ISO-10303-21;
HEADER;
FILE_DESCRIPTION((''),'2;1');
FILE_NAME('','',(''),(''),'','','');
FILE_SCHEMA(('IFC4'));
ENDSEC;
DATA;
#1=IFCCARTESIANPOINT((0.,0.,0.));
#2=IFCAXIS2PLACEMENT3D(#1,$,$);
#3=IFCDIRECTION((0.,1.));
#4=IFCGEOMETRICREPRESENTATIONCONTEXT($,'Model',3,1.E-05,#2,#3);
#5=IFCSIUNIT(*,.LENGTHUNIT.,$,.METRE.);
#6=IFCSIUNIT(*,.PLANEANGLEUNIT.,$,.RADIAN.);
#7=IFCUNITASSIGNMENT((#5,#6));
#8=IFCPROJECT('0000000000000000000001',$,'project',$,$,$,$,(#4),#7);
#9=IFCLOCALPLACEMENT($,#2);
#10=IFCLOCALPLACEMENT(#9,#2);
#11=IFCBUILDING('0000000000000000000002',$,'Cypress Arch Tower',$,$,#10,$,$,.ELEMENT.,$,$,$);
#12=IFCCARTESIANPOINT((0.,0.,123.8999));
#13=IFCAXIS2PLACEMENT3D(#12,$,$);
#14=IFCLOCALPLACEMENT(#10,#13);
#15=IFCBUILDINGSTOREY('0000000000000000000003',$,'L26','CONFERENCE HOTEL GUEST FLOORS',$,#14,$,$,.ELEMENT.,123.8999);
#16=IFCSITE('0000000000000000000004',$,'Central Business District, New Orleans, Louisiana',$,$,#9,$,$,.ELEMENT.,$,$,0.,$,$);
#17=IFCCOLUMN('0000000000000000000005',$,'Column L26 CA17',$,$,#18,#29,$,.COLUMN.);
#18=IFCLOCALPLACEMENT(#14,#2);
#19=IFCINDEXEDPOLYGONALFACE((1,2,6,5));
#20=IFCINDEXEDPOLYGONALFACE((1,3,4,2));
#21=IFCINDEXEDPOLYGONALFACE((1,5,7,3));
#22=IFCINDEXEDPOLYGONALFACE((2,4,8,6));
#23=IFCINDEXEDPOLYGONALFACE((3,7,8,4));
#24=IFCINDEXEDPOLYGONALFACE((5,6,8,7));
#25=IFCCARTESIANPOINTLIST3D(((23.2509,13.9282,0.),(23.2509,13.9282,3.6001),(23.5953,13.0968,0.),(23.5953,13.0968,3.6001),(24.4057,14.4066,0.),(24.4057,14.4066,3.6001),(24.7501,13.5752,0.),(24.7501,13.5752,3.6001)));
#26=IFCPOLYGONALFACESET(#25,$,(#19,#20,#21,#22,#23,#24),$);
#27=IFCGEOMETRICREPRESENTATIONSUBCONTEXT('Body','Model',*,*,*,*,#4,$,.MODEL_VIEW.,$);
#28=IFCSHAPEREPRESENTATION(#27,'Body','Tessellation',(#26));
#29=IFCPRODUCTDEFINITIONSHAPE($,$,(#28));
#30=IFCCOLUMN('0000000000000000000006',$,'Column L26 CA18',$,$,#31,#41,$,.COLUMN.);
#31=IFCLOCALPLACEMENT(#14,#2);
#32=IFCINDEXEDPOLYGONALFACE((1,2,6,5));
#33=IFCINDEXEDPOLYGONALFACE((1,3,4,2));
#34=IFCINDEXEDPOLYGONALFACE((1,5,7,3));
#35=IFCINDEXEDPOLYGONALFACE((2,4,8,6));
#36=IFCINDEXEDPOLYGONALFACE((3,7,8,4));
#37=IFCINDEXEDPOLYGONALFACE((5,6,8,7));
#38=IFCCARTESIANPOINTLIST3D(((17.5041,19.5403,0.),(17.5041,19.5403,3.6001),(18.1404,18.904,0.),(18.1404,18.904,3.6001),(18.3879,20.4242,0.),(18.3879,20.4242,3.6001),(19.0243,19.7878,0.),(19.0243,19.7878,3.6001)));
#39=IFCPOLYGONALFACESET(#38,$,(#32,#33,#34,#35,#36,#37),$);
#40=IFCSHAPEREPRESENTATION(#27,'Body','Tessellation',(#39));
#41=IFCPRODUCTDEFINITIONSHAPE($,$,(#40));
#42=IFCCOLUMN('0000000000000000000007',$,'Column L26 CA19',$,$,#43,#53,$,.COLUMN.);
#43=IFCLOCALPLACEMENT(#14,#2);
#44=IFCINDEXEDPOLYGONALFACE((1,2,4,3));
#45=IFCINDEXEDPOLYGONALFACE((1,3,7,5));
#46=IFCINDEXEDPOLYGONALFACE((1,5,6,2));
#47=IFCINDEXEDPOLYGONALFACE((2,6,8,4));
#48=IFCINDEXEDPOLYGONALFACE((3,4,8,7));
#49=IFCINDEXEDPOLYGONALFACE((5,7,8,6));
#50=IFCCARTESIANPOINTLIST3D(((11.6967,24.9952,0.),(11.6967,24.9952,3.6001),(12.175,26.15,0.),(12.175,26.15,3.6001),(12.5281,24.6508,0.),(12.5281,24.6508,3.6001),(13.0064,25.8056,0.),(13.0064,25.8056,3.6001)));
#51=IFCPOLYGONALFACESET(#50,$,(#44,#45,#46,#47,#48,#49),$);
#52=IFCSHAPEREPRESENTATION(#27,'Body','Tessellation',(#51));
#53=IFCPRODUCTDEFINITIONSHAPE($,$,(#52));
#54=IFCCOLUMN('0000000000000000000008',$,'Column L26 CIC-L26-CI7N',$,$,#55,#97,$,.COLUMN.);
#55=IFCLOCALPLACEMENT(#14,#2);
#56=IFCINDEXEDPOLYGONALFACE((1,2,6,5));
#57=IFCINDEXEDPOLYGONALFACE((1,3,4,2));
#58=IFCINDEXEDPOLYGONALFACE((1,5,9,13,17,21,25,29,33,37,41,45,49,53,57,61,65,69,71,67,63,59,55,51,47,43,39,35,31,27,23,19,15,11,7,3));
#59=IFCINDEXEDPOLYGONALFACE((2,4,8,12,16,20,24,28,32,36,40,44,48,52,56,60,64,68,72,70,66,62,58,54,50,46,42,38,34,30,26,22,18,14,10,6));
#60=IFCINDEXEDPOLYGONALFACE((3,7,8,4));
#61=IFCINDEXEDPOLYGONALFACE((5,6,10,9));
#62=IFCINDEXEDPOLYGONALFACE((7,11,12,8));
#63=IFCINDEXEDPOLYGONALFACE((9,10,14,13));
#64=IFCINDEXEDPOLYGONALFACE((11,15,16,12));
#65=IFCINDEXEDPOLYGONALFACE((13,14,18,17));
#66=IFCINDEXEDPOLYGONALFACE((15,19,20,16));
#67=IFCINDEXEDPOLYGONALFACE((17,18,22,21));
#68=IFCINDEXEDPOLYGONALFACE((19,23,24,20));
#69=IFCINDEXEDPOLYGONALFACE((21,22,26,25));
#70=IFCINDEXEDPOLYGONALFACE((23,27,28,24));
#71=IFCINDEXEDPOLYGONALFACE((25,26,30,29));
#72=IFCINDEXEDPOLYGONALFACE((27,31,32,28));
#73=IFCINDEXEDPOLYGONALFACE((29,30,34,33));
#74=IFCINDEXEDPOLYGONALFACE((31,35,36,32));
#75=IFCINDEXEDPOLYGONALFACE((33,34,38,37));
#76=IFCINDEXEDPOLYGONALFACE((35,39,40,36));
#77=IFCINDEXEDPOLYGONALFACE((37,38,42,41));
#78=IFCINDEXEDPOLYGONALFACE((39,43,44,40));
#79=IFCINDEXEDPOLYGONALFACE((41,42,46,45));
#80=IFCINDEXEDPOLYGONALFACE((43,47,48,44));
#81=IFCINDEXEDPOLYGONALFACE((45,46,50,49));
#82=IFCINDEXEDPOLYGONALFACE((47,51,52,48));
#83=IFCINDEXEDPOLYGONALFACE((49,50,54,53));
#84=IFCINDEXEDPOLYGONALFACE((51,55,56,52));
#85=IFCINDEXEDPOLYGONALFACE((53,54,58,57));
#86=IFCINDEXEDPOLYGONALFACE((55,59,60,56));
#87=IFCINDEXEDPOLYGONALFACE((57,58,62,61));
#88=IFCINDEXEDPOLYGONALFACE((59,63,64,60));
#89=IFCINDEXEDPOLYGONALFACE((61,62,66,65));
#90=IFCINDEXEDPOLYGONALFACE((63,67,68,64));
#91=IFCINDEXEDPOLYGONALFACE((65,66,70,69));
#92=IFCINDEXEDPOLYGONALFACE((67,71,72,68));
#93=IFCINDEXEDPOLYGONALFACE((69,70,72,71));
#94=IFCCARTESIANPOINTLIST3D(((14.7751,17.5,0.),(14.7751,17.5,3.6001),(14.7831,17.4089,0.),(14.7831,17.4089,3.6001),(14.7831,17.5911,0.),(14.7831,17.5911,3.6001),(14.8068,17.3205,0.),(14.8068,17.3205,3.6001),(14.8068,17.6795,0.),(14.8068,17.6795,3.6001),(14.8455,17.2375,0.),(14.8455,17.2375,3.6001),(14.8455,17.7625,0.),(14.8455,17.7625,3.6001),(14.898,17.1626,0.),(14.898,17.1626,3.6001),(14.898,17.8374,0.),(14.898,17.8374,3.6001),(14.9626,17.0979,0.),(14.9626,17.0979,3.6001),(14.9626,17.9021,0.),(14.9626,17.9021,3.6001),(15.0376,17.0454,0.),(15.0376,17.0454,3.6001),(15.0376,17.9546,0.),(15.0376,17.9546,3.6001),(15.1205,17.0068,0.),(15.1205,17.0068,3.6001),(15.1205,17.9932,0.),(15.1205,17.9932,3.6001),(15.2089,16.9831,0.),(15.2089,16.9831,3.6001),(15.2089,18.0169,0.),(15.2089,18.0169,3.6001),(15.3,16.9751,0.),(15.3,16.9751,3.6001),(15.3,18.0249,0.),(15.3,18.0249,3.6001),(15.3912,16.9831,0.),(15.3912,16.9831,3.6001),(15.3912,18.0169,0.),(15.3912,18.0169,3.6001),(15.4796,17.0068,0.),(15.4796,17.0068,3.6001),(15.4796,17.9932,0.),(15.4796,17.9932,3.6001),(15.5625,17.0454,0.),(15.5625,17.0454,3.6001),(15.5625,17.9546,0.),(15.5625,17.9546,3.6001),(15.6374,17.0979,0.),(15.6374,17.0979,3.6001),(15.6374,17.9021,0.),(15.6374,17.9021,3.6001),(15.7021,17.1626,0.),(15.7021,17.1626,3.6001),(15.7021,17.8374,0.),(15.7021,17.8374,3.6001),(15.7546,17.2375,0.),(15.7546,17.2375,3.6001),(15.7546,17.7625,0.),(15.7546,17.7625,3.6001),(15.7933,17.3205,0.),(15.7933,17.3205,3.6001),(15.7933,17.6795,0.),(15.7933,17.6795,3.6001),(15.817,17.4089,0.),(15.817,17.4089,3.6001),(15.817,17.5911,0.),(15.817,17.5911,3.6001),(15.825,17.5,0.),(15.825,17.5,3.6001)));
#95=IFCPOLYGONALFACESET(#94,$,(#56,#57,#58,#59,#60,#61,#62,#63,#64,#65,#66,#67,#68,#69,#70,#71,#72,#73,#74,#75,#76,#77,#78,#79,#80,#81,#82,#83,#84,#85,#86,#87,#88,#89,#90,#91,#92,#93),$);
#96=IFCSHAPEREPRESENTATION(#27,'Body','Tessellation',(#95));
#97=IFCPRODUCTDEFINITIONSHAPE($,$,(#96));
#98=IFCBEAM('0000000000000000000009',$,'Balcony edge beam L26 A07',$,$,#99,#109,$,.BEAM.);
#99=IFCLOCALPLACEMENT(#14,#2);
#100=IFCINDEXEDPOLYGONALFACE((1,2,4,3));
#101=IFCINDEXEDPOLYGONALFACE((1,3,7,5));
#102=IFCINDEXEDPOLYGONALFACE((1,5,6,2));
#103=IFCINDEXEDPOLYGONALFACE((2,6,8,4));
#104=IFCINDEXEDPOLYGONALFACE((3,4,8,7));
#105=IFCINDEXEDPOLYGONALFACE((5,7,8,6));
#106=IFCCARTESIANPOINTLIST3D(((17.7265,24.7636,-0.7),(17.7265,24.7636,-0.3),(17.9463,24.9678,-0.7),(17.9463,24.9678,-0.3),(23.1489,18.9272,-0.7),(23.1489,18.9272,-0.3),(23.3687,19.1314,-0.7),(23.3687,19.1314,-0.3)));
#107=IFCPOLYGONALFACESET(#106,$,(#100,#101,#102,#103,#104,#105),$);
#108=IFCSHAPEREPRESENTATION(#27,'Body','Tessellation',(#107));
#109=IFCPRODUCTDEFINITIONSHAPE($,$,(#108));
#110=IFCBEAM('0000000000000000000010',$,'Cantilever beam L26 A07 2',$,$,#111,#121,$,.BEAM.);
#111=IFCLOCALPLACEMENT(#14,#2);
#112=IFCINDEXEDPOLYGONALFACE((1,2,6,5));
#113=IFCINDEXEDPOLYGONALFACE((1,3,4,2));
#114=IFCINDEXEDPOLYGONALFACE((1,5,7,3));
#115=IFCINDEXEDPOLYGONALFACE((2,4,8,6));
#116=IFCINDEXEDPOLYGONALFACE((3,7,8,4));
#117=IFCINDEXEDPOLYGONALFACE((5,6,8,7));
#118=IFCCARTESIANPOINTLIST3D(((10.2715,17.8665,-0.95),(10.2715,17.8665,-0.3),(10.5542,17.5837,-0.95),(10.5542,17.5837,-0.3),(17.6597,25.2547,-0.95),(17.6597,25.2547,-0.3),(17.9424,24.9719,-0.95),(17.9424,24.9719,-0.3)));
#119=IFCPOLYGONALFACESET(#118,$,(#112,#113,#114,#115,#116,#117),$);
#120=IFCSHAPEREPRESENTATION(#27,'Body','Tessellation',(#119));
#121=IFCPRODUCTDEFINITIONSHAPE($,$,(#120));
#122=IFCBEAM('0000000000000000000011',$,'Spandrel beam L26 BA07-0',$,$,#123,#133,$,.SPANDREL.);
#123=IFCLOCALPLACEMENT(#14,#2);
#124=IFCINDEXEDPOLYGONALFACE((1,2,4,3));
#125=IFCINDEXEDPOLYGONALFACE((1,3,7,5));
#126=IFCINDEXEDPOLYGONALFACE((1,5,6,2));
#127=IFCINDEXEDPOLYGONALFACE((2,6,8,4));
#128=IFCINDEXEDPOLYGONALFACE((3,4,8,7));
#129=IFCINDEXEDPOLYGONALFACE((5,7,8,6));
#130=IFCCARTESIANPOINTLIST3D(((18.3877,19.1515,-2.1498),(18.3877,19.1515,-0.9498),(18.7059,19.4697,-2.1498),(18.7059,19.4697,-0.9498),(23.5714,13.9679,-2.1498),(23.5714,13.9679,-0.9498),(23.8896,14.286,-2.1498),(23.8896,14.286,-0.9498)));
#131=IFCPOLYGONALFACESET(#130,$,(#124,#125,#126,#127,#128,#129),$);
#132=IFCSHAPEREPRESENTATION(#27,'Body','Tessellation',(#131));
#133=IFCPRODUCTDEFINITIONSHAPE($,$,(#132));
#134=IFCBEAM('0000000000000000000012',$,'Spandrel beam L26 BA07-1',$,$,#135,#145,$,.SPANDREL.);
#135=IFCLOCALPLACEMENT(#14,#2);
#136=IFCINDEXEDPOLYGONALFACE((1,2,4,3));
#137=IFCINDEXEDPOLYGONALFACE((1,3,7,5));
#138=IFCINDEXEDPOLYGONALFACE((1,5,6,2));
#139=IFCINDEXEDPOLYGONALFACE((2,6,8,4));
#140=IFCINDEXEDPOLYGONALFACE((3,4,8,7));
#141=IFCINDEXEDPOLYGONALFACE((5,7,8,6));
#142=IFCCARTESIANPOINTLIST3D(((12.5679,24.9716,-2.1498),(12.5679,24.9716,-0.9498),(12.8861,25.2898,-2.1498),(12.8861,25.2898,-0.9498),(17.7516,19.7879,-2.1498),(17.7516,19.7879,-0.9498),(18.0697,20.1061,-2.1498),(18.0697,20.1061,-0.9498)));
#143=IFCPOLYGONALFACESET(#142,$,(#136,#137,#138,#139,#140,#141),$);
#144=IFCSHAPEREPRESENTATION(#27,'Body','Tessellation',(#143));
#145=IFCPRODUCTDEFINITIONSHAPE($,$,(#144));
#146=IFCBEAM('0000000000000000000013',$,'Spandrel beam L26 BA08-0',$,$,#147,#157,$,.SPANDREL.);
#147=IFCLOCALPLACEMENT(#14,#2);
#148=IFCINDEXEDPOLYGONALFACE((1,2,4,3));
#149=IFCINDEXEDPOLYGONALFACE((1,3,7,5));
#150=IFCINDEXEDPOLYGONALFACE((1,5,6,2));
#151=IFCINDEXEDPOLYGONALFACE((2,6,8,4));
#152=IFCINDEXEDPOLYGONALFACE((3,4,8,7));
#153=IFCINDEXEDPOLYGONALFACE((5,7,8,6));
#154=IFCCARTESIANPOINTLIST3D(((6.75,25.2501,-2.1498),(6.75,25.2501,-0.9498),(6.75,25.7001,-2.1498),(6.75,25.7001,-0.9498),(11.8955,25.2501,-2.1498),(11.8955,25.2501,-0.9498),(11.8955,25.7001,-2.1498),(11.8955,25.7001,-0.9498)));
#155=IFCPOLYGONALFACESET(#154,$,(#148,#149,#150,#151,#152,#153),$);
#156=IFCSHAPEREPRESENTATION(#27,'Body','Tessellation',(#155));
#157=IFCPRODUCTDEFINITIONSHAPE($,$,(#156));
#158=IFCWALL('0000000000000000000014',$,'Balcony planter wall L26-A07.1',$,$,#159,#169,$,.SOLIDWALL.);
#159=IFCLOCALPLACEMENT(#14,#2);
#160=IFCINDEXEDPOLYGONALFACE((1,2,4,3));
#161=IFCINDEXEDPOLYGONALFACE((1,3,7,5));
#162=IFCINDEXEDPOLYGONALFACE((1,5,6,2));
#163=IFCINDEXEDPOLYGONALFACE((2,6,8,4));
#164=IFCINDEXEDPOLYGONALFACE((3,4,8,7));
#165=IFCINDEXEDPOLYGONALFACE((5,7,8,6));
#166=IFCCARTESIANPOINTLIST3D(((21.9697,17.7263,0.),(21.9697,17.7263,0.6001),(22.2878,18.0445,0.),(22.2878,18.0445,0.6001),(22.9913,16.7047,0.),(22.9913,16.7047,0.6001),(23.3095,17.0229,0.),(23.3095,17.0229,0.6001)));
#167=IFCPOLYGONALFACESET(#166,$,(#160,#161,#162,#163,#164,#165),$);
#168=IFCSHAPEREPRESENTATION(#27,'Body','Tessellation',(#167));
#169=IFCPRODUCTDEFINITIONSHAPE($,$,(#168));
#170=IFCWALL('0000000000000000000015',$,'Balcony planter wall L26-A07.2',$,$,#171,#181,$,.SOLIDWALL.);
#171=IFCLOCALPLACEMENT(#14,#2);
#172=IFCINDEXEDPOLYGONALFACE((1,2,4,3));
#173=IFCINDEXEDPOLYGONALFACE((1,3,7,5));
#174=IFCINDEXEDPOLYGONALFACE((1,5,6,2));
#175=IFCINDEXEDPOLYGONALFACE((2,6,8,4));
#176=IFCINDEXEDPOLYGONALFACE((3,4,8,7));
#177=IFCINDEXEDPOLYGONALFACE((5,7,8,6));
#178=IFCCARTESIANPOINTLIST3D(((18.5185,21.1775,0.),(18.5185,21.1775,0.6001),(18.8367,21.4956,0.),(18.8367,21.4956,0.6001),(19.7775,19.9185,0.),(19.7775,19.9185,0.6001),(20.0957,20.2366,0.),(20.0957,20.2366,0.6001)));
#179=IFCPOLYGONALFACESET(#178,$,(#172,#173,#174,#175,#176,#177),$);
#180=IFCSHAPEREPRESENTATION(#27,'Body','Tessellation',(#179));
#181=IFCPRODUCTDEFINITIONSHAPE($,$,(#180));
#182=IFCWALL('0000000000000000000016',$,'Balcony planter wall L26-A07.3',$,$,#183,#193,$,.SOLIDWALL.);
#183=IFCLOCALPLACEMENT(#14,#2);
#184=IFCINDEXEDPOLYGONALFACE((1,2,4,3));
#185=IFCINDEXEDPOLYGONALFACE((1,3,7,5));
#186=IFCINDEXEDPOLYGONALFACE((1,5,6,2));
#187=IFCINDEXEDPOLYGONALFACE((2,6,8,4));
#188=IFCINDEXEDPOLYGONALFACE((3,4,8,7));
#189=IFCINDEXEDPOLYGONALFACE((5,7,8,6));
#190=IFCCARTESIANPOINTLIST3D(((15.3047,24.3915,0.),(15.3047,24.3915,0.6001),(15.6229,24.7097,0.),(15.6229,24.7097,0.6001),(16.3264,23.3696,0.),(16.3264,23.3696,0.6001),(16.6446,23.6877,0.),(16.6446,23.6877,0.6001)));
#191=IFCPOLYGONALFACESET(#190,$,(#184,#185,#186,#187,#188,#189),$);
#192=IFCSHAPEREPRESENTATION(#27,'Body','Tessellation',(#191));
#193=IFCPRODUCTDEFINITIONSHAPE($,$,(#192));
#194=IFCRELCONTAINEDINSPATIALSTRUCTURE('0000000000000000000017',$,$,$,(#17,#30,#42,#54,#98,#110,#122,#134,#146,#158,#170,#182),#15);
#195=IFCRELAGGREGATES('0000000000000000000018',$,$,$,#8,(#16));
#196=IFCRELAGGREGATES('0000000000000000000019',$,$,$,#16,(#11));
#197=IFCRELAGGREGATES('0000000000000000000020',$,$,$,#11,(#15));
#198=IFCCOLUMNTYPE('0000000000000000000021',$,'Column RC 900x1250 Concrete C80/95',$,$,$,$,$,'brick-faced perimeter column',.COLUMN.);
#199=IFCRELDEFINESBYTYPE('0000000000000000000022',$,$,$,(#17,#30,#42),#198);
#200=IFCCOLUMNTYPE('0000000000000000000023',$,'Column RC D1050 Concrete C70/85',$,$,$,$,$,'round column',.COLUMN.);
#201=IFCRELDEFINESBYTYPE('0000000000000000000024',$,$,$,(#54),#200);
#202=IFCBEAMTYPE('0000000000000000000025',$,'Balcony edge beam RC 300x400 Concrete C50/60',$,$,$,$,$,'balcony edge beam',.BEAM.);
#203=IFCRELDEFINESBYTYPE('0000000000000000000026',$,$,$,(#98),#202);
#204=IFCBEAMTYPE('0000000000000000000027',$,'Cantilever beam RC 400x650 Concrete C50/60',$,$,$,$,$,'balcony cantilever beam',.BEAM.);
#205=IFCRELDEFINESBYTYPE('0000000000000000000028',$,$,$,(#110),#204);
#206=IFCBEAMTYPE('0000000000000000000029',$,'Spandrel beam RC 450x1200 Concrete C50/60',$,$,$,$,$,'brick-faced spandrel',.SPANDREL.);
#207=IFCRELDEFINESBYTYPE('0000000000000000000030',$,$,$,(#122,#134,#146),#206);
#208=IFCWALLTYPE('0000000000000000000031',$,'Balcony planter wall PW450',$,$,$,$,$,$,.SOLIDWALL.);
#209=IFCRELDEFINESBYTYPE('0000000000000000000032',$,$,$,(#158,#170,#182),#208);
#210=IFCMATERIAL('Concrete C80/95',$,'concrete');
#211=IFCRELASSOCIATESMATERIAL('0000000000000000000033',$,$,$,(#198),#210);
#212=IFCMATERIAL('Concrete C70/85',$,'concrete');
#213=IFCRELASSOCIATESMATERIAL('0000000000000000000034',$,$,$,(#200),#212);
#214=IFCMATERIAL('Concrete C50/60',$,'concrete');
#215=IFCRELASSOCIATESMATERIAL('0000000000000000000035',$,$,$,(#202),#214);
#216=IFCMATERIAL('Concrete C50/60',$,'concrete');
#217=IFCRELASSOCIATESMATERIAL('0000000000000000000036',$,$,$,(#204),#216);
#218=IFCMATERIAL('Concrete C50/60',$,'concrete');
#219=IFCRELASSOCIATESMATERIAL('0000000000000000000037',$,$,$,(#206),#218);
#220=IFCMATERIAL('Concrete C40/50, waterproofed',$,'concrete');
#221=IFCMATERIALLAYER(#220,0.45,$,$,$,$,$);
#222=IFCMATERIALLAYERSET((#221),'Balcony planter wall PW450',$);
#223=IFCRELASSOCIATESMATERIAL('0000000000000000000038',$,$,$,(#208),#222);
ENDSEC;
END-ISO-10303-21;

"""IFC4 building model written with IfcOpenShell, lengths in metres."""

from ifc_helpers import new_model, si_unit, direction, frame, frame_2d, origin, origin_2d, place, context, subcontext, project, spatial, rectangle, circle, extrude, material, layer, layer_set, material_profile, profile_set, type_object, element, save


model = new_model("IFC4")

# Units and contexts
model_context = context("Model", 3, precision=1e-05, world=origin(), true_north=direction((0.0, 1.0)))
body_context = subcontext(model_context, "Body", "Model", "MODEL_VIEW")
ifc_project = project(units=[si_unit("LENGTHUNIT", "METRE"), si_unit("PLANEANGLEUNIT", "RADIAN")], contexts=[model_context])

# Site, building, storey
site_placement = place(None, origin())
site = spatial("IfcSite", under=ifc_project, at=site_placement, Name="Central Business District, New Orleans, Louisiana", CompositionType="ELEMENT", RefElevation=0.0)
building_placement = place(site_placement, origin())
building = spatial("IfcBuilding", under=site, at=building_placement, Name="Cypress Arch Tower", CompositionType="ELEMENT")
storey_placement = place(building_placement, frame((0.0, 0.0, 123.8999)))
storey = spatial("IfcBuildingStorey", under=building, at=storey_placement, Name="L26", Description="CONFERENCE HOTEL GUEST FLOORS", CompositionType="ELEMENT", Elevation=123.8999)

# Columns
ifc_material_1 = material(Name="Concrete C80/95", Category="concrete")
ifc_material_profile_1 = material_profile(ifc_material_1, rectangle(XDim=0.8999, YDim=1.25, at=origin_2d()), Name="RC 900x1250")
ifc_profile_set_1 = profile_set([ifc_material_profile_1], Name="Concrete C80/95")
column_type_1 = type_object("IfcColumnType", Name="Column RC 900x1250 Concrete C80/95", ElementType="brick-faced perimeter column", PredefinedType="COLUMN", material=ifc_profile_set_1)
for number, where, z_axis, x_axis, name in (
    (1, (24.0005, 13.7517, 0.0), (0.0, 0.0, 1.0), (-0.382683, 0.92388, 0.0), "Column L26 CA17"),
    (2, (18.2642, 19.6641, 0.0), (0.0, 0.0, 1.0), (-0.707107, 0.707107, 0.0), "Column L26 CA18"),
    (3, (12.3516, 25.4004, 0.0), (0.0, 0.0, 1.0), (-0.92388, 0.382683, 0.0), "Column L26 CA19"),
):
    element("IfcColumn", number, at=place(storey_placement, frame(where, z_axis=z_axis, x_axis=x_axis)), inside=storey, type_object=column_type_1, Name=name, PredefinedType="COLUMN", context=body_context, shape_type="SweptSolid", body=[
        extrude(rectangle(XDim=0.8999, YDim=1.25, at=origin_2d()), origin(), (0.0, 0.0, 1.0), 3.6001),
    ])
ifc_material_2 = material(Name="Concrete C70/85", Category="concrete")
ifc_material_profile_2 = material_profile(ifc_material_2, circle(Radius=0.5249, at=origin_2d()), Name="RC D1050")
ifc_profile_set_2 = profile_set([ifc_material_profile_2], Name="Concrete C70/85")
column_type_2 = type_object("IfcColumnType", Name="Column RC D1050 Concrete C70/85", ElementType="round column", PredefinedType="COLUMN", material=ifc_profile_set_2)
column_placement = place(storey_placement, frame((15.3, 17.5, 0.0), z_axis=(0.0, 0.0, 1.0), x_axis=(1.0, 0.0, 0.0)))
element("IfcColumn", 4, at=column_placement, inside=storey, type_object=column_type_2, Name="Column L26 CIC-L26-CI7N", PredefinedType="COLUMN", context=body_context, shape_type="SweptSolid", body=[
    extrude(circle(Radius=0.5249, at=origin_2d()), origin(), (0.0, 0.0, 1.0), 3.6001),
])

# Beams
ifc_material_3 = material(Name="Concrete C50/60", Category="concrete")
ifc_material_profile_3 = material_profile(ifc_material_3, rectangle(XDim=0.3, YDim=0.3999, at=origin_2d()), Name="RC 300x400")
ifc_profile_set_3 = profile_set([ifc_material_profile_3], Name="Concrete C50/60")
beam_type_1 = type_object("IfcBeamType", Name="Balcony edge beam RC 300x400 Concrete C50/60", ElementType="balcony edge beam", PredefinedType="BEAM", material=ifc_profile_set_3)
beam_1_placement = place(storey_placement, frame((23.2588, 19.0293, -0.5), z_axis=(-0.680641, 0.732617, 0.0), x_axis=(-0.732617, -0.680641, 0.0)))
element("IfcBeam", 5, at=beam_1_placement, inside=storey, type_object=beam_type_1, Name="Balcony edge beam L26 A07", PredefinedType="BEAM", context=body_context, shape_type="SweptSolid", body=[
    extrude(rectangle(XDim=0.3, YDim=0.3999, at=origin_2d()), origin(), (0.0, 0.0, 1.0), 7.9666),
])
ifc_material_4 = material(Name="Concrete C50/60", Category="concrete")
ifc_material_profile_4 = material_profile(ifc_material_4, rectangle(XDim=0.3999, YDim=0.6499, at=origin_2d()), Name="RC 400x650")
ifc_profile_set_4 = profile_set([ifc_material_profile_4], Name="Concrete C50/60")
beam_type_2 = type_object("IfcBeamType", Name="Cantilever beam RC 400x650 Concrete C50/60", ElementType="balcony cantilever beam", PredefinedType="BEAM", material=ifc_profile_set_4)
beam_2_placement = place(storey_placement, frame((10.4128, 17.7251, -0.625), z_axis=(0.707107, 0.707107, 0.0), x_axis=(-0.707107, 0.707107, 0.0)))
element("IfcBeam", 6, at=beam_2_placement, inside=storey, type_object=beam_type_2, Name="Cantilever beam L26 A07 2", PredefinedType="BEAM", context=body_context, shape_type="SweptSolid", body=[
    extrude(rectangle(XDim=0.3999, YDim=0.6499, at=origin_2d()), origin(), (0.0, 0.0, 1.0), 10.4485),
])
ifc_material_5 = material(Name="Concrete C50/60", Category="concrete")
ifc_material_profile_5 = material_profile(ifc_material_5, rectangle(XDim=0.45, YDim=1.2, at=origin_2d()), Name="RC 450x1200")
ifc_profile_set_5 = profile_set([ifc_material_profile_5], Name="Concrete C50/60")
beam_type_3 = type_object("IfcBeamType", Name="Spandrel beam RC 450x1200 Concrete C50/60", ElementType="brick-faced spandrel", PredefinedType="SPANDREL", material=ifc_profile_set_5)
for number, where, z_axis, x_axis, name in (
    (7, (23.7305, 14.127, -1.5498), (-0.707107, 0.707107, 0.0), (-0.707107, -0.707107, 0.0), "Spandrel beam L26 BA07-0"),
    (8, (17.9106, 19.947, -1.5498), (-0.707107, 0.707107, 0.0), (-0.707107, -0.707107, 0.0), "Spandrel beam L26 BA07-1"),
):
    element("IfcBeam", number, at=place(storey_placement, frame(where, z_axis=z_axis, x_axis=x_axis)), inside=storey, type_object=beam_type_3, Name=name, PredefinedType="SPANDREL", context=body_context, shape_type="SweptSolid", body=[
        extrude(rectangle(XDim=0.45, YDim=1.2, at=origin_2d()), origin(), (0.0, 0.0, 1.0), 7.3308),
    ])
beam_3_placement = place(storey_placement, frame((11.8955, 25.4751, -1.5498), z_axis=(-1.0, 0.0, 0.0), x_axis=(0.0, -1.0, 0.0)))
element("IfcBeam", 9, at=beam_3_placement, inside=storey, type_object=beam_type_3, Name="Spandrel beam L26 BA08-0", PredefinedType="SPANDREL", context=body_context, shape_type="SweptSolid", body=[
    extrude(rectangle(XDim=0.45, YDim=1.2, at=origin_2d()), origin(), (0.0, 0.0, 1.0), 5.1455),
])

# Walls
ifc_material_6 = material(Name="Concrete C40/50, waterproofed", Category="concrete")
ifc_layer_1 = layer(ifc_material_6, 0.45)
ifc_layer_set_1 = layer_set([ifc_layer_1], Name="Balcony planter wall PW450")
wall_type_1 = type_object("IfcWallType", Name="Balcony planter wall PW450", PredefinedType="SOLIDWALL", material=ifc_layer_set_1)
wall_1_placement = place(storey_placement, frame((23.1504, 16.8638, 0.0), z_axis=(0.0, 0.0, 1.0), x_axis=(-0.707107, 0.707107, 0.0)))
element("IfcWall", 10, at=wall_1_placement, inside=storey, type_object=wall_type_1, Name="Balcony planter wall L26-A07.1", PredefinedType="SOLIDWALL", context=body_context, shape_type="SweptSolid", body=[
    extrude(rectangle(XDim=1.4448, YDim=0.45, at=frame_2d((0.7224, 0.0))), origin(), (0.0, 0.0, 1.0), 0.6001),
])
wall_2_placement = place(storey_placement, frame((19.9365, 20.0776, 0.0), z_axis=(0.0, 0.0, 1.0), x_axis=(-0.707107, 0.707107, 0.0)))
element("IfcWall", 11, at=wall_2_placement, inside=storey, type_object=wall_type_1, Name="Balcony planter wall L26-A07.2", PredefinedType="SOLIDWALL", context=body_context, shape_type="SweptSolid", body=[
    extrude(rectangle(XDim=1.7805, YDim=0.45, at=frame_2d((0.8901, 0.0))), origin(), (0.0, 0.0, 1.0), 0.6001),
])
wall_3_placement = place(storey_placement, frame((16.4856, 23.5286, 0.0), z_axis=(0.0, 0.0, 1.0), x_axis=(-0.707022, 0.707191, 0.0)))
element("IfcWall", 12, at=wall_3_placement, inside=storey, type_object=wall_type_1, Name="Balcony planter wall L26-A07.3", PredefinedType="SOLIDWALL", context=body_context, shape_type="SweptSolid", body=[
    extrude(rectangle(XDim=1.4451, YDim=0.45, at=frame_2d((0.7227, 0.0))), origin(), (0.0, 0.0, 1.0), 0.6001),
])

save(model, "model.ifc")
